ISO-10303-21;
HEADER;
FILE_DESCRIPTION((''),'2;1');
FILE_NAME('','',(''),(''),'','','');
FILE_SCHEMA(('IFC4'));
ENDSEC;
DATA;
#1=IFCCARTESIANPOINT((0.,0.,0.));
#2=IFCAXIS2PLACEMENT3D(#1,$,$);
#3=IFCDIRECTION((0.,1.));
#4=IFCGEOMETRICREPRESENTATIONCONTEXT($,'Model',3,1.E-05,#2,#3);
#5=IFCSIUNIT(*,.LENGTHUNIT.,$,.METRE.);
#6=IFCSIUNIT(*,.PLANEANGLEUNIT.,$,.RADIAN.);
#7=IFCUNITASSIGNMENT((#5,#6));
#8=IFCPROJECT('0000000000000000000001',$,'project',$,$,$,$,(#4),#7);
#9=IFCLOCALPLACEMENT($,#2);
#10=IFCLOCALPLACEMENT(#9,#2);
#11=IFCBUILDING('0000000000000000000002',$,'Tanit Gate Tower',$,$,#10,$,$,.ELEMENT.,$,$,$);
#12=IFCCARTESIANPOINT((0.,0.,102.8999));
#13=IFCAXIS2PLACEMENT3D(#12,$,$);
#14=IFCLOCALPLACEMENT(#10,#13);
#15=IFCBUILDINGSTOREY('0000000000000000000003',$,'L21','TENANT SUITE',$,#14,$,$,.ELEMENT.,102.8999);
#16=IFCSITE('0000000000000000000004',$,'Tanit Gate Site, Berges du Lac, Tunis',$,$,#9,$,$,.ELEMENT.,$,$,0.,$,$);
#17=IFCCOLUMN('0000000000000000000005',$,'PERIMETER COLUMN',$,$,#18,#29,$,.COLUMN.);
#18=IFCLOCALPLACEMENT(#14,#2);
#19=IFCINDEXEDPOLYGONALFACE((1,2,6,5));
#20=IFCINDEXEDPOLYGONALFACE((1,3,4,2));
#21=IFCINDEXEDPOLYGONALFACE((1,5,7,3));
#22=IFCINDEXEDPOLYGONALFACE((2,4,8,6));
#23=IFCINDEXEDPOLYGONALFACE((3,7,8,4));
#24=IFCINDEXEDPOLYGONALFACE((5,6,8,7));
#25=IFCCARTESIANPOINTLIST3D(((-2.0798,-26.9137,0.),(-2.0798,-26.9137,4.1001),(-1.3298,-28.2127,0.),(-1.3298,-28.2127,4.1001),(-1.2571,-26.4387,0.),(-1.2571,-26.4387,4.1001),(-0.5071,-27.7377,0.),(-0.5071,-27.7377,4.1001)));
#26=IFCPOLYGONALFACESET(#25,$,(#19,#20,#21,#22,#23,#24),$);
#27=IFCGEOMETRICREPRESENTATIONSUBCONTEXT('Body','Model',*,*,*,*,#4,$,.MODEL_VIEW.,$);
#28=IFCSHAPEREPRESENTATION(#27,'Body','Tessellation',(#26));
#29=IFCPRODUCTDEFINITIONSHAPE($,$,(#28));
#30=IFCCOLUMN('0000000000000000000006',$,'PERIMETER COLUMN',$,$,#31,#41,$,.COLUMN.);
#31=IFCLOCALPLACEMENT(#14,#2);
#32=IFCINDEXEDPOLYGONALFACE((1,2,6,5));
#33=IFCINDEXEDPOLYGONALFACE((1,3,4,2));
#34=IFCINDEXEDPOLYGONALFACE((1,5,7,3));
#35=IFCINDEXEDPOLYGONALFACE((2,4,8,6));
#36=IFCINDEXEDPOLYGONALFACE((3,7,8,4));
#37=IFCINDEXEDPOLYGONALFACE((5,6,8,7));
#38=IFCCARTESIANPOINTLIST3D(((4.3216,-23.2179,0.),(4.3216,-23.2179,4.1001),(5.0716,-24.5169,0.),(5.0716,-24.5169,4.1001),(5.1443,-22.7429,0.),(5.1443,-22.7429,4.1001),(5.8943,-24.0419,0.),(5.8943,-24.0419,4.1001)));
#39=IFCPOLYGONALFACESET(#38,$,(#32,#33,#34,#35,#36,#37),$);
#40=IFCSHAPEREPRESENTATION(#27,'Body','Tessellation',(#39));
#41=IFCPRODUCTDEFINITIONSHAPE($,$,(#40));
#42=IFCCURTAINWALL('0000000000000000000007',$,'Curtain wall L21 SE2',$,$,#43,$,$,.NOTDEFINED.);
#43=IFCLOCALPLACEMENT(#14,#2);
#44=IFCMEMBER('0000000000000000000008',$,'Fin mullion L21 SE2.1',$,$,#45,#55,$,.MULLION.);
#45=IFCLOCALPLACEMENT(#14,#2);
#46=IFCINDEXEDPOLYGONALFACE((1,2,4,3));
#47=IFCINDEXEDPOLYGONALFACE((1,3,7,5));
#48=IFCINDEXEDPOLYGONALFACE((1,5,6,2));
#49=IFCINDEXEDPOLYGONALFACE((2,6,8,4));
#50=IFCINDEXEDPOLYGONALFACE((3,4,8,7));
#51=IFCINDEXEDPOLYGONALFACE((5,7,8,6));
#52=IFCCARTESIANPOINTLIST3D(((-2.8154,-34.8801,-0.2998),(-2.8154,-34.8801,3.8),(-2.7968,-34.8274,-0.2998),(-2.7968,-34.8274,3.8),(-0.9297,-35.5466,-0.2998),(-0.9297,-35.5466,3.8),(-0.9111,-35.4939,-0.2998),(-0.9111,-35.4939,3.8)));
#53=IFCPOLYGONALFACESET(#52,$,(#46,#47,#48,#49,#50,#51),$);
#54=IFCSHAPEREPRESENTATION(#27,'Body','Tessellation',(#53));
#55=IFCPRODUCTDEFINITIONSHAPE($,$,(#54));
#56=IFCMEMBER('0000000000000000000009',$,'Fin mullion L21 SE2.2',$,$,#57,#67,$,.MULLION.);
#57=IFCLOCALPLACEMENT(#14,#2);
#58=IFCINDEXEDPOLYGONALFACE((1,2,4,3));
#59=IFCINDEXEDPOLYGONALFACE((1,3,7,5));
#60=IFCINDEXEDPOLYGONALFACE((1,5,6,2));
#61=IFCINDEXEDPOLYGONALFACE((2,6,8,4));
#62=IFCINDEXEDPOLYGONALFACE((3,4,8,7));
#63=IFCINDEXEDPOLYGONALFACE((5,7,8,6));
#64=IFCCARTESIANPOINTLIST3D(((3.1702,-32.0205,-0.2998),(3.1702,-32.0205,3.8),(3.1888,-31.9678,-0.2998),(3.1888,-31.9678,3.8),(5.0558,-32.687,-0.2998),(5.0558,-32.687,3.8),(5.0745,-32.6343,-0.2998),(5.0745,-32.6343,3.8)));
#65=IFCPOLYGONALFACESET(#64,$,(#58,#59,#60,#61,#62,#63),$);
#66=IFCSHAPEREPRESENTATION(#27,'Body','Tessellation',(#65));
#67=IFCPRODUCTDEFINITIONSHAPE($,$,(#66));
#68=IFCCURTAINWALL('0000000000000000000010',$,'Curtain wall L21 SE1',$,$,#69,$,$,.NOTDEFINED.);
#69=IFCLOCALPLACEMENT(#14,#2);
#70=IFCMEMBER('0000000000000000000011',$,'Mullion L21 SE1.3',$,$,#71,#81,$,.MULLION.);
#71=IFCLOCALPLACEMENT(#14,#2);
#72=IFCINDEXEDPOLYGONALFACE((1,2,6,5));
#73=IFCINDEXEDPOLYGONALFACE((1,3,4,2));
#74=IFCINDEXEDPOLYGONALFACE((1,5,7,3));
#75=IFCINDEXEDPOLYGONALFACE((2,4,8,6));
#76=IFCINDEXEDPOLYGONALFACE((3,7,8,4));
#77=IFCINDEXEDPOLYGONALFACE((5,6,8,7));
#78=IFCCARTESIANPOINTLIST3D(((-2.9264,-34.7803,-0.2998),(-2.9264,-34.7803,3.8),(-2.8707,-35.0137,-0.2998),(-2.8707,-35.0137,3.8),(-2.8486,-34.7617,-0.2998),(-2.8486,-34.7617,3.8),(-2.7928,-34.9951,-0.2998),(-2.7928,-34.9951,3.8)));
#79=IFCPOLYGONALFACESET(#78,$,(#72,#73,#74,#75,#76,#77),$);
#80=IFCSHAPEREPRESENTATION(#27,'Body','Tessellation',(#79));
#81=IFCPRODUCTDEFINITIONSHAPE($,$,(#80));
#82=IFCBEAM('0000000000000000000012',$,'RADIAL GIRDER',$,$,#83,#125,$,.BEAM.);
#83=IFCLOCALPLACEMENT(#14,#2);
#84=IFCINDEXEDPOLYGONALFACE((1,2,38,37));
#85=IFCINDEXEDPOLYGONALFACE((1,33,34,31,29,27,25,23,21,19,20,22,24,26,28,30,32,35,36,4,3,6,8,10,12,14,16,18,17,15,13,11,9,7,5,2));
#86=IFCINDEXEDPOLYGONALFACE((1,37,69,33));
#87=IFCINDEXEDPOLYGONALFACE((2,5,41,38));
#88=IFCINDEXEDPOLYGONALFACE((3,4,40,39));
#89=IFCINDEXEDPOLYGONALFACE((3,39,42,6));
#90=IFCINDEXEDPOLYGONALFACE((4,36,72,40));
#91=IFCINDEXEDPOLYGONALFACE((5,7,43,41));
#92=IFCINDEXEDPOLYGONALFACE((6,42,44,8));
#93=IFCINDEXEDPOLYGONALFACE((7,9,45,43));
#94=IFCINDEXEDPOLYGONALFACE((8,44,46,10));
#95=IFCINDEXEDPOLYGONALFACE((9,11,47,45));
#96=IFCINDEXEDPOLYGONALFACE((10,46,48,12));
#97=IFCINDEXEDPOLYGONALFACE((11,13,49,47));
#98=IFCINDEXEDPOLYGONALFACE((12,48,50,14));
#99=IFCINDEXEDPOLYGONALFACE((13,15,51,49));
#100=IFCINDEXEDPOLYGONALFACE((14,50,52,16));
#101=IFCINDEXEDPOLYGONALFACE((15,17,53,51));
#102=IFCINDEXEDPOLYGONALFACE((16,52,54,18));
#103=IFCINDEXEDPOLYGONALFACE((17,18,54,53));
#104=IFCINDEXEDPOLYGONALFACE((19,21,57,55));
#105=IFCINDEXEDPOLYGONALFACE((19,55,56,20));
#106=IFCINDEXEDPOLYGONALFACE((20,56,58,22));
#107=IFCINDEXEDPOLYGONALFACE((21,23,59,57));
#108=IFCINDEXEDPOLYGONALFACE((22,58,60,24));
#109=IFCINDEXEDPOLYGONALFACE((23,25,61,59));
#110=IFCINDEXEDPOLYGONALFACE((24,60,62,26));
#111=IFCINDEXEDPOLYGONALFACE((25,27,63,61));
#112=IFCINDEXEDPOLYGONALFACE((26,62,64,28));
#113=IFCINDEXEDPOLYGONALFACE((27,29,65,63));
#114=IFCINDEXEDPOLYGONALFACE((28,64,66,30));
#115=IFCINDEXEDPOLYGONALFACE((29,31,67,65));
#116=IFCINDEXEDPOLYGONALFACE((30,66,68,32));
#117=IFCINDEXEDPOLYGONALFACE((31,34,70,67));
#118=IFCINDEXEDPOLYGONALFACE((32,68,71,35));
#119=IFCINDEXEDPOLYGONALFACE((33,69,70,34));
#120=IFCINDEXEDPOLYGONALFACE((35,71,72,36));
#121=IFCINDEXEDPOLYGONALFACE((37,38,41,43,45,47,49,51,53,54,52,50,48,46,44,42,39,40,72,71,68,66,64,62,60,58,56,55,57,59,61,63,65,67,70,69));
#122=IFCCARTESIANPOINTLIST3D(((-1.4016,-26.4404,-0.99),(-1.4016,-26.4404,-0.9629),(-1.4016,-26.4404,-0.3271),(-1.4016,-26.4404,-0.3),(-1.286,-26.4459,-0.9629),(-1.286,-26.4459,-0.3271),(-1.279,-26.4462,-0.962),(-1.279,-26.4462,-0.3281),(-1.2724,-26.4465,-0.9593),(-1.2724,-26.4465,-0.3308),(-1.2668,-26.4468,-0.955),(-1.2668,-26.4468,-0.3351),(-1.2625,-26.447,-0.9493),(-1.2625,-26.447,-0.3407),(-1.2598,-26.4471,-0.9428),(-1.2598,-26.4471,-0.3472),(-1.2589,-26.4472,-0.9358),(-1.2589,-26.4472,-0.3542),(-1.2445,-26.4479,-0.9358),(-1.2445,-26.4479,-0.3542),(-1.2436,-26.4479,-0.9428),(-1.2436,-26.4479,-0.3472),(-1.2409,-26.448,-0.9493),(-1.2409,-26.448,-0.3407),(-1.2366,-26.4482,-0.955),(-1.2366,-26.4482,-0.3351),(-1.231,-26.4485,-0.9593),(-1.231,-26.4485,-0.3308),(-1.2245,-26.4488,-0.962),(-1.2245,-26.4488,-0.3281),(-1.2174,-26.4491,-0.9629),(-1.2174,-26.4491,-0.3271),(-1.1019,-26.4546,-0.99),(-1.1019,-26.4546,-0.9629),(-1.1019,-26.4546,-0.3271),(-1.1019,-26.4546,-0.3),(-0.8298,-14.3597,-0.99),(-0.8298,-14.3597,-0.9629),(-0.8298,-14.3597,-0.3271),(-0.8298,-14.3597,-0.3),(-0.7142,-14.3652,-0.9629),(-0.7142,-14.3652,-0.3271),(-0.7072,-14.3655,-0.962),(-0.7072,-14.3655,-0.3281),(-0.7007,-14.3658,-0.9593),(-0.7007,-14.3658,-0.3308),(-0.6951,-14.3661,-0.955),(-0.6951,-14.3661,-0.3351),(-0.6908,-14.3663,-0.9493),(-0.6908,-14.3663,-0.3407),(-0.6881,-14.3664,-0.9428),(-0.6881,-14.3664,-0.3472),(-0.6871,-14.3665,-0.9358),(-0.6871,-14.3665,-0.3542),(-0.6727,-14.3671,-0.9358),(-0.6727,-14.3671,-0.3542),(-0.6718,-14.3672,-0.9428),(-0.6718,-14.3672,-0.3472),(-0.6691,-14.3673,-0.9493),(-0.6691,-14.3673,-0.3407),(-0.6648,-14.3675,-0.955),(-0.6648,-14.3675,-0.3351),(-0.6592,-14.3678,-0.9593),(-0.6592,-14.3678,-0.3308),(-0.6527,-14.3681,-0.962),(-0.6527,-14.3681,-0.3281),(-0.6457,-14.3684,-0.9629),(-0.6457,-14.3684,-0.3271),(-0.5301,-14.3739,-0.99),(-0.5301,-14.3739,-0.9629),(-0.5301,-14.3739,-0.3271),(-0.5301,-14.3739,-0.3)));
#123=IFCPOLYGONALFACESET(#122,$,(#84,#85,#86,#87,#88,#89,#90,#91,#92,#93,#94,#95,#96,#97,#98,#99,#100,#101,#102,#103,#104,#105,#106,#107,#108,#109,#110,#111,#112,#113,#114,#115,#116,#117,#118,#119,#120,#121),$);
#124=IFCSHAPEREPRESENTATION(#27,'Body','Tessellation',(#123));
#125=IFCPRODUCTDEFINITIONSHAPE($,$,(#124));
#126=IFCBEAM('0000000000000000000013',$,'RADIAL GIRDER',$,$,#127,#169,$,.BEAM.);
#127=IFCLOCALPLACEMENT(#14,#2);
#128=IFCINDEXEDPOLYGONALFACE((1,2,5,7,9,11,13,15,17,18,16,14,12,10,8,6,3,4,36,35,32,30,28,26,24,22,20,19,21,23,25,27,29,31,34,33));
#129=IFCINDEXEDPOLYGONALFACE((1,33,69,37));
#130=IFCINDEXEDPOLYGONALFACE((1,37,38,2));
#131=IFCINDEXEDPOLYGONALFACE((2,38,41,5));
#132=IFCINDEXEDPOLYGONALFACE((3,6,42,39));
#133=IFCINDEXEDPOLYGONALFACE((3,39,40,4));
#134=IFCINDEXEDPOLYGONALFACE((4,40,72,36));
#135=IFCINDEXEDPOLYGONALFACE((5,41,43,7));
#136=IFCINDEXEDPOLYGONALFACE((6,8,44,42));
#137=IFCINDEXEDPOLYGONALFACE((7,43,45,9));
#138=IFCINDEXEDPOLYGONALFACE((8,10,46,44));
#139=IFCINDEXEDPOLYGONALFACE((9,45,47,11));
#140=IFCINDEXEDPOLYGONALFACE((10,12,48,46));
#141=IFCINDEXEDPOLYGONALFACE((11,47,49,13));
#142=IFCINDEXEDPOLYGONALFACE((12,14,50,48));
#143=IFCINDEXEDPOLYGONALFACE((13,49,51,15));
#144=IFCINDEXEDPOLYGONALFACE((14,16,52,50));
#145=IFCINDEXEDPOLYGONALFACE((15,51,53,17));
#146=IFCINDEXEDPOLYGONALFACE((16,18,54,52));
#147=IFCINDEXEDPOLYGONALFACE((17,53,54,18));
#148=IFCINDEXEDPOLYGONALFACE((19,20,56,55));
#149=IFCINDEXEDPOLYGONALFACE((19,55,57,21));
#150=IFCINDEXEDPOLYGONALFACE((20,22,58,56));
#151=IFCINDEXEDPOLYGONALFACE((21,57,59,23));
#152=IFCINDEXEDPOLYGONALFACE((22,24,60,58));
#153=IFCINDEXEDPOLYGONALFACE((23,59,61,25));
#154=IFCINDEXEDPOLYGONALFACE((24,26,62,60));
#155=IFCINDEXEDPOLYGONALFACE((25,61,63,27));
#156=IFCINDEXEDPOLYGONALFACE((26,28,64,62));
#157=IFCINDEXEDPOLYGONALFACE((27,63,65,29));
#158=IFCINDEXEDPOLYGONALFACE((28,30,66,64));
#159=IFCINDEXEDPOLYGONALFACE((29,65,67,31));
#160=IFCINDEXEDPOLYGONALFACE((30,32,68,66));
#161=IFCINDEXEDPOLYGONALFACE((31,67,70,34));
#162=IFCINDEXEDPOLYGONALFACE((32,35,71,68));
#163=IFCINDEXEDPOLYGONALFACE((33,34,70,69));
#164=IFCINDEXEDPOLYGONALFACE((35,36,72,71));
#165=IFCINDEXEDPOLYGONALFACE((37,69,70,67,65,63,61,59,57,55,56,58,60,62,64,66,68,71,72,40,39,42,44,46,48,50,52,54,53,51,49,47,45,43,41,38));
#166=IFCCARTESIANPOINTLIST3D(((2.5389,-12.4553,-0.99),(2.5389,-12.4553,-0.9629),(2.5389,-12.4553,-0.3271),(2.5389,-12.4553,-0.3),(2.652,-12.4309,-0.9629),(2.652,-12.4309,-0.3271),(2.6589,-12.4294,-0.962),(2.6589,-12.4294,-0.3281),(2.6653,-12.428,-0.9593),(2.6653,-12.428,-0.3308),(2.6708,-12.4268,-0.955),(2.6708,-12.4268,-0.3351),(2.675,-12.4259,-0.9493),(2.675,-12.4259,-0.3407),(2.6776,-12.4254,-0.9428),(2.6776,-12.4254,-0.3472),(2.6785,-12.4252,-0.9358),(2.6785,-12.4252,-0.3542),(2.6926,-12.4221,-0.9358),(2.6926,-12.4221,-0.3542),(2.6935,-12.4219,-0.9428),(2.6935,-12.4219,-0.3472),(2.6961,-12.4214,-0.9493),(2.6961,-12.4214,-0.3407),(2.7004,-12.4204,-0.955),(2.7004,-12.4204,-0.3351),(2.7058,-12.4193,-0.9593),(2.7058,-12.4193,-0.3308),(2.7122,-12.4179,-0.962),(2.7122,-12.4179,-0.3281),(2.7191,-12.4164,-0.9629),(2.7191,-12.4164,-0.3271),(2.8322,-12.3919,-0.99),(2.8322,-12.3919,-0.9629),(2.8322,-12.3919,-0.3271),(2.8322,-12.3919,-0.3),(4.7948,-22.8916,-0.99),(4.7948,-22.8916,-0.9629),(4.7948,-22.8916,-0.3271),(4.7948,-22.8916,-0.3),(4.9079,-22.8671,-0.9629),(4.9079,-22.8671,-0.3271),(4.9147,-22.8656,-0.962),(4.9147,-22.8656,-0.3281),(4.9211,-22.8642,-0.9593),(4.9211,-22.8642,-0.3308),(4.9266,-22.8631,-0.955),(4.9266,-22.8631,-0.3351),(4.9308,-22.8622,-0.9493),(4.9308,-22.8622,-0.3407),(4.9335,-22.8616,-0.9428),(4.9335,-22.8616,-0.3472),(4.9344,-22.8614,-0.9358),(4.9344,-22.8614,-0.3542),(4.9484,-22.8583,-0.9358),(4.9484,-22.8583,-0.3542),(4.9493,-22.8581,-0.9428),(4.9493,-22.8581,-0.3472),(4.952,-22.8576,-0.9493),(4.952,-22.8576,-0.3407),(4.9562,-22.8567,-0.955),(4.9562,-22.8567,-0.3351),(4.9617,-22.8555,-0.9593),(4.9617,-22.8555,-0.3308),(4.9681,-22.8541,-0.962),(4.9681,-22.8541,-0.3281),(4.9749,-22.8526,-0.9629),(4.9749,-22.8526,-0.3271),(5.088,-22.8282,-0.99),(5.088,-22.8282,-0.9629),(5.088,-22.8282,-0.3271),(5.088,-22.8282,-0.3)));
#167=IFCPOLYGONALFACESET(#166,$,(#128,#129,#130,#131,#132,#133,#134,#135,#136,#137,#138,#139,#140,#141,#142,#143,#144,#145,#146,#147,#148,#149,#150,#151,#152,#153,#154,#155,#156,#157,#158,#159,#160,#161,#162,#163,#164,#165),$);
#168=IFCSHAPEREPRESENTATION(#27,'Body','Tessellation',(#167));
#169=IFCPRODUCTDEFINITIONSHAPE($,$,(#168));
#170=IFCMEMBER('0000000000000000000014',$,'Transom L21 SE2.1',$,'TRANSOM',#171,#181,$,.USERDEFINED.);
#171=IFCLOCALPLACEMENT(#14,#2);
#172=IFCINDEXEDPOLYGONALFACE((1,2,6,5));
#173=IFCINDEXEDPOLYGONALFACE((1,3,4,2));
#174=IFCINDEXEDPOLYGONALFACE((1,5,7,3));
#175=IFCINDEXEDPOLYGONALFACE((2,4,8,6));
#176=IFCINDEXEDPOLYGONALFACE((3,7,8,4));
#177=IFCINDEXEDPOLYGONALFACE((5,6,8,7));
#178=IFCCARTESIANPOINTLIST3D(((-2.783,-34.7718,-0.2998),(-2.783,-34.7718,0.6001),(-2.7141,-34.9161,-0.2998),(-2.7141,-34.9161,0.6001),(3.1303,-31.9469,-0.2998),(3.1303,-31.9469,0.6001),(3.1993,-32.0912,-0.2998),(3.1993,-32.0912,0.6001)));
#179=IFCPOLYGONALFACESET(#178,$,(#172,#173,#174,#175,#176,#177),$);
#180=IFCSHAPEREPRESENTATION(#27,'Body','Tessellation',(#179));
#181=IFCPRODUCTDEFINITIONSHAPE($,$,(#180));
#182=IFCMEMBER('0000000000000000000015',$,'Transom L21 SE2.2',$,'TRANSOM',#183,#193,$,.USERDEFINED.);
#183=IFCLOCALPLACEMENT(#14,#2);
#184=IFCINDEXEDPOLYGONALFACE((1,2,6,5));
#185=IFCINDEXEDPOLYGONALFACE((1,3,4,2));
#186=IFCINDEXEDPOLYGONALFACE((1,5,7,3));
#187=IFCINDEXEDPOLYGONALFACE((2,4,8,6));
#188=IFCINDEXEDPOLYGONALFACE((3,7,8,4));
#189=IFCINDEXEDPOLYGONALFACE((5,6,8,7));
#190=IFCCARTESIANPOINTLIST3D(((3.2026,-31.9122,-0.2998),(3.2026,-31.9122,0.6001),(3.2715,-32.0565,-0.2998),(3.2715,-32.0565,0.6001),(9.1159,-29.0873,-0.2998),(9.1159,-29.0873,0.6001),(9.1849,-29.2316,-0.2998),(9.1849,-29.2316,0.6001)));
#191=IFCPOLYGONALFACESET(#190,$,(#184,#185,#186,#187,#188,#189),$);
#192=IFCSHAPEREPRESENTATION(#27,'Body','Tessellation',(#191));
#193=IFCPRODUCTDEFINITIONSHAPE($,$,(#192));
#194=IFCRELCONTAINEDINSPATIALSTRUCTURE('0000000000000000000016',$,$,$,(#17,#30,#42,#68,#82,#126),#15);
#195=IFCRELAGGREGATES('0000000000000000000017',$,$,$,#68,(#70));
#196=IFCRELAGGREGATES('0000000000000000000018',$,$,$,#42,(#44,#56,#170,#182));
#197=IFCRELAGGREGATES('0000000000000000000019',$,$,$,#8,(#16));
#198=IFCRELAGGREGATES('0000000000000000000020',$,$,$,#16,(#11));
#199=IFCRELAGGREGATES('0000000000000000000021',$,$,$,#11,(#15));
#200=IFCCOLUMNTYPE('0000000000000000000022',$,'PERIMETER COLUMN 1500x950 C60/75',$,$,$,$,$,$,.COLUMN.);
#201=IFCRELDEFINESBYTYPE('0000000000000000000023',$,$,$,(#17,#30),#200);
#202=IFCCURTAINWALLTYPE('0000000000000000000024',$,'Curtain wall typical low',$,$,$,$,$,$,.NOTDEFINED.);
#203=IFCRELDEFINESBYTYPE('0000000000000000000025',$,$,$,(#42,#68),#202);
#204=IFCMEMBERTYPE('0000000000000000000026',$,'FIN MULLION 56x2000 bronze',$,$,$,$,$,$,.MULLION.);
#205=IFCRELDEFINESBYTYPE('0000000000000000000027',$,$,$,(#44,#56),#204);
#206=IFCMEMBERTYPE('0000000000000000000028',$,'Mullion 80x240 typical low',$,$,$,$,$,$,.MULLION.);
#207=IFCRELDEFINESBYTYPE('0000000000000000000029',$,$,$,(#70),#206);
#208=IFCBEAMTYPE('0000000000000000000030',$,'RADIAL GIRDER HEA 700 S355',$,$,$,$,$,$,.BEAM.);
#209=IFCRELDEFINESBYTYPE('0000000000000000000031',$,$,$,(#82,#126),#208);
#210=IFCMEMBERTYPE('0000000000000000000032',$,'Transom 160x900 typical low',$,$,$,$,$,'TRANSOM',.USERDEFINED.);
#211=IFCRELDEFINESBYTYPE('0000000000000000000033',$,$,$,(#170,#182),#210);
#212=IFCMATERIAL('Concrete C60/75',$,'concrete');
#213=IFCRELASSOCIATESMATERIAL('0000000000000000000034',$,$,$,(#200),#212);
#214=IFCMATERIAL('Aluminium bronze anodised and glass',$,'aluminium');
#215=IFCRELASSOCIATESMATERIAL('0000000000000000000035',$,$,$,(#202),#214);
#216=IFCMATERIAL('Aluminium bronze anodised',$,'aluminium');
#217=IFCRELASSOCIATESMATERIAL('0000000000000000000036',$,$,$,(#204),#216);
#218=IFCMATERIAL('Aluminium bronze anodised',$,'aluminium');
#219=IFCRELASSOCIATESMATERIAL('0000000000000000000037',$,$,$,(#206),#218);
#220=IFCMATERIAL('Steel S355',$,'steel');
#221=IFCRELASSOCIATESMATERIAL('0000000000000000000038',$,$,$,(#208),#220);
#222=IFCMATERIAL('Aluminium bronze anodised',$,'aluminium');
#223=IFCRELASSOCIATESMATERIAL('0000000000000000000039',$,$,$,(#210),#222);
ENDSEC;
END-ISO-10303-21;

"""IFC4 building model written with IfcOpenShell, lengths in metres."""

from ifc_helpers import new_model, si_unit, direction, frame, origin, origin_2d, place, context, subcontext, project, spatial, rectangle, i_section, extrude, material, material_profile, profile_set, type_object, element, aggregate, save


model = new_model("IFC4")

# Units and contexts
model_context = context("Model", 3, precision=1e-05, world=origin(), true_north=direction((0.0, 1.0)))
body_context = subcontext(model_context, "Body", "Model", "MODEL_VIEW")
ifc_project = project(units=[si_unit("LENGTHUNIT", "METRE"), si_unit("PLANEANGLEUNIT", "RADIAN")], contexts=[model_context])

# Site, building, storey
site_placement = place(None, origin())
site = spatial("IfcSite", under=ifc_project, at=site_placement, Name="Tanit Gate Site, Berges du Lac, Tunis", CompositionType="ELEMENT", RefElevation=0.0)
building_placement = place(site_placement, origin())
building = spatial("IfcBuilding", under=site, at=building_placement, Name="Tanit Gate Tower", CompositionType="ELEMENT")
storey_placement = place(building_placement, frame((0.0, 0.0, 102.8999)))
storey = spatial("IfcBuildingStorey", under=building, at=storey_placement, Name="L21", Description="TENANT SUITE", CompositionType="ELEMENT", Elevation=102.8999)

# Columns
ifc_material_1 = material(Name="Concrete C60/75", Category="concrete")
ifc_material_profile_1 = material_profile(ifc_material_1, rectangle(XDim=1.5, YDim=0.95, at=origin_2d()), Name="RC 1500x950")
ifc_profile_set_1 = profile_set([ifc_material_profile_1], Name="Concrete C60/75")
column_type = type_object("IfcColumnType", Name="PERIMETER COLUMN 1500x950 C60/75", PredefinedType="COLUMN", material=ifc_profile_set_1)
for number, where, z_axis, x_axis, name in (
    (1, (-1.2935, -27.3257, 0.0), (0.0, 0.0, 1.0), (0.5, -0.866025, 0.0), "PERIMETER COLUMN"),
    (2, (5.1079, -23.6299, 0.0), (0.0, 0.0, 1.0), (0.5, -0.866025, 0.0), "PERIMETER COLUMN"),
):
    element("IfcColumn", number, at=place(storey_placement, frame(where, z_axis=z_axis, x_axis=x_axis)), inside=storey, type_object=column_type, Name=name, PredefinedType="COLUMN", context=body_context, shape_type="SweptSolid", body=[
        extrude(rectangle(XDim=1.5, YDim=0.95, at=origin_2d()), origin(), (0.0, 0.0, 1.0), 4.1001),
    ])

# Curtain wall, members
ifc_material_2 = material(Name="Aluminium bronze anodised and glass", Category="aluminium")
curtain_wall_type = type_object("IfcCurtainWallType", Name="Curtain wall typical low", PredefinedType="NOTDEFINED", material=ifc_material_2)
curtain_wall_1_placement = place(storey_placement, origin())
curtain_wall_1 = element("IfcCurtainWall", 3, at=curtain_wall_1_placement, inside=storey, type_object=curtain_wall_type, Name="Curtain wall L21 SE2", PredefinedType="NOTDEFINED")
ifc_material_3 = material(Name="Aluminium bronze anodised", Category="aluminium")
ifc_material_profile_2 = material_profile(ifc_material_3, rectangle(XDim=2.0, YDim=0.0559, at=origin_2d()), Name="56x2000 bronze fin mullion")
ifc_profile_set_2 = profile_set([ifc_material_profile_2], Name="Aluminium bronze anodised")
member_type_1 = type_object("IfcMemberType", Name="FIN MULLION 56x2000 bronze", PredefinedType="MULLION", material=ifc_profile_set_2)
member_1_placement = place(storey_placement, frame((-1.8633, -35.187, -0.2998), z_axis=(0.0, 0.0, 1.0), x_axis=(-0.942849, 0.33322, 0.0)))
member_1 = element("IfcMember", 4, at=member_1_placement, type_object=member_type_1, Name="Fin mullion L21 SE2.1", PredefinedType="MULLION", context=body_context, shape_type="SweptSolid", body=[
    extrude(rectangle(XDim=2.0, YDim=0.0559, at=origin_2d()), origin(), (0.0, 0.0, 1.0), 4.0999),
])
member_2_placement = place(storey_placement, frame((4.1223, -32.3274, -0.2998), z_axis=(0.0, 0.0, 1.0), x_axis=(-0.942849, 0.33322, 0.0)))
member_2 = element("IfcMember", 5, at=member_2_placement, type_object=member_type_1, Name="Fin mullion L21 SE2.2", PredefinedType="MULLION", context=body_context, shape_type="SweptSolid", body=[
    extrude(rectangle(XDim=2.0, YDim=0.0559, at=origin_2d()), origin(), (0.0, 0.0, 1.0), 4.0999),
])

# Curtain wall, member
curtain_wall_2_placement = place(storey_placement, origin())
curtain_wall_2 = element("IfcCurtainWall", 6, at=curtain_wall_2_placement, inside=storey, type_object=curtain_wall_type, Name="Curtain wall L21 SE1", PredefinedType="NOTDEFINED")
ifc_material_4 = material(Name="Aluminium bronze anodised", Category="aluminium")
ifc_material_profile_3 = material_profile(ifc_material_4, rectangle(XDim=0.24, YDim=0.0801, at=origin_2d()), Name="80x240 bronze mullion")
ifc_profile_set_3 = profile_set([ifc_material_profile_3], Name="Aluminium bronze anodised")
member_type_2 = type_object("IfcMemberType", Name="Mullion 80x240 typical low", PredefinedType="MULLION", material=ifc_profile_set_3)
member_3_placement = place(storey_placement, frame((-2.8596, -34.8877, -0.2998), z_axis=(0.0, 0.0, 1.0), x_axis=(-0.232409, 0.972618, 0.0)))
member_3 = element("IfcMember", 7, at=member_3_placement, type_object=member_type_2, Name="Mullion L21 SE1.3", PredefinedType="MULLION", context=body_context, shape_type="SweptSolid", body=[
    extrude(rectangle(XDim=0.24, YDim=0.0801, at=origin_2d()), origin(), (0.0, 0.0, 1.0), 4.0999),
])
aggregate(curtain_wall_2, [member_3])

# Beams
ifc_material_5 = material(Name="Steel S355", Category="steel")
ifc_material_profile_4 = material_profile(ifc_material_5, i_section(OverallWidth=0.3, OverallDepth=0.6899, WebThickness=0.0144, FlangeThickness=0.0271, FilletRadius=0.0271, at=origin_2d()), Name="HEA 700")
ifc_profile_set_4 = profile_set([ifc_material_profile_4], Name="Steel S355")
beam_type = type_object("IfcBeamType", Name="RADIAL GIRDER HEA 700 S355", PredefinedType="BEAM", material=ifc_profile_set_4)
beam_1_placement = place(storey_placement, frame((-1.2517, -26.4475, -0.645), z_axis=(0.047276, 0.998882, 0.0), x_axis=(-0.998882, 0.047276, 0.0)))
element("IfcBeam", 8, at=beam_1_placement, inside=storey, type_object=beam_type, Name="RADIAL GIRDER", PredefinedType="BEAM", context=body_context, shape_type="SweptSolid", body=[
    extrude(i_section(OverallWidth=0.3, OverallDepth=0.6899, WebThickness=0.0144, FlangeThickness=0.0271, FilletRadius=0.0271, at=origin_2d()), origin(), (0.0, 0.0, 1.0), 12.0942),
])
beam_2_placement = place(storey_placement, frame((4.9414, -22.8599, -0.645), z_axis=(-0.211276, 0.977426, 0.0), x_axis=(-0.977426, -0.211276, 0.0)))
element("IfcBeam", 9, at=beam_2_placement, inside=storey, type_object=beam_type, Name="RADIAL GIRDER", PredefinedType="BEAM", context=body_context, shape_type="SweptSolid", body=[
    extrude(i_section(OverallWidth=0.3, OverallDepth=0.6899, WebThickness=0.0144, FlangeThickness=0.0271, FilletRadius=0.0271, at=origin_2d()), origin(), (0.0, 0.0, 1.0), 10.6772),
])

# Members
ifc_material_6 = material(Name="Aluminium bronze anodised", Category="aluminium")
ifc_material_profile_5 = material_profile(ifc_material_6, rectangle(XDim=0.1599, YDim=0.8999, at=origin_2d()), Name="160x900 bronze transom")
ifc_profile_set_5 = profile_set([ifc_material_profile_5], Name="Aluminium bronze anodised")
member_type_3 = type_object("IfcMemberType", Name="Transom 160x900 typical low", ElementType="TRANSOM", PredefinedType="USERDEFINED", material=ifc_profile_set_5)
member_4_placement = place(storey_placement, frame((-2.7485, -34.844, 0.1501), z_axis=(0.902322, 0.431063, 0.0), x_axis=(-0.431063, 0.902322, 0.0)))
member_4 = element("IfcMember", 10, at=member_4_placement, type_object=member_type_3, Name="Transom L21 SE2.1", ObjectType="TRANSOM", PredefinedType="USERDEFINED", context=body_context, shape_type="SweptSolid", body=[
    extrude(rectangle(XDim=0.1599, YDim=0.8999, at=origin_2d()), origin(), (0.0, 0.0, 1.0), 6.5535),
])
member_5_placement = place(storey_placement, frame((3.2371, -31.9844, 0.1501), z_axis=(0.902322, 0.431063, 0.0), x_axis=(-0.431063, 0.902322, 0.0)))
member_5 = element("IfcMember", 11, at=member_5_placement, type_object=member_type_3, Name="Transom L21 SE2.2", ObjectType="TRANSOM", PredefinedType="USERDEFINED", context=body_context, shape_type="SweptSolid", body=[
    extrude(rectangle(XDim=0.1599, YDim=0.8999, at=origin_2d()), origin(), (0.0, 0.0, 1.0), 6.5535),
])

aggregate(curtain_wall_1, [member_1, member_2, member_4, member_5])

save(model, "model.ifc")
